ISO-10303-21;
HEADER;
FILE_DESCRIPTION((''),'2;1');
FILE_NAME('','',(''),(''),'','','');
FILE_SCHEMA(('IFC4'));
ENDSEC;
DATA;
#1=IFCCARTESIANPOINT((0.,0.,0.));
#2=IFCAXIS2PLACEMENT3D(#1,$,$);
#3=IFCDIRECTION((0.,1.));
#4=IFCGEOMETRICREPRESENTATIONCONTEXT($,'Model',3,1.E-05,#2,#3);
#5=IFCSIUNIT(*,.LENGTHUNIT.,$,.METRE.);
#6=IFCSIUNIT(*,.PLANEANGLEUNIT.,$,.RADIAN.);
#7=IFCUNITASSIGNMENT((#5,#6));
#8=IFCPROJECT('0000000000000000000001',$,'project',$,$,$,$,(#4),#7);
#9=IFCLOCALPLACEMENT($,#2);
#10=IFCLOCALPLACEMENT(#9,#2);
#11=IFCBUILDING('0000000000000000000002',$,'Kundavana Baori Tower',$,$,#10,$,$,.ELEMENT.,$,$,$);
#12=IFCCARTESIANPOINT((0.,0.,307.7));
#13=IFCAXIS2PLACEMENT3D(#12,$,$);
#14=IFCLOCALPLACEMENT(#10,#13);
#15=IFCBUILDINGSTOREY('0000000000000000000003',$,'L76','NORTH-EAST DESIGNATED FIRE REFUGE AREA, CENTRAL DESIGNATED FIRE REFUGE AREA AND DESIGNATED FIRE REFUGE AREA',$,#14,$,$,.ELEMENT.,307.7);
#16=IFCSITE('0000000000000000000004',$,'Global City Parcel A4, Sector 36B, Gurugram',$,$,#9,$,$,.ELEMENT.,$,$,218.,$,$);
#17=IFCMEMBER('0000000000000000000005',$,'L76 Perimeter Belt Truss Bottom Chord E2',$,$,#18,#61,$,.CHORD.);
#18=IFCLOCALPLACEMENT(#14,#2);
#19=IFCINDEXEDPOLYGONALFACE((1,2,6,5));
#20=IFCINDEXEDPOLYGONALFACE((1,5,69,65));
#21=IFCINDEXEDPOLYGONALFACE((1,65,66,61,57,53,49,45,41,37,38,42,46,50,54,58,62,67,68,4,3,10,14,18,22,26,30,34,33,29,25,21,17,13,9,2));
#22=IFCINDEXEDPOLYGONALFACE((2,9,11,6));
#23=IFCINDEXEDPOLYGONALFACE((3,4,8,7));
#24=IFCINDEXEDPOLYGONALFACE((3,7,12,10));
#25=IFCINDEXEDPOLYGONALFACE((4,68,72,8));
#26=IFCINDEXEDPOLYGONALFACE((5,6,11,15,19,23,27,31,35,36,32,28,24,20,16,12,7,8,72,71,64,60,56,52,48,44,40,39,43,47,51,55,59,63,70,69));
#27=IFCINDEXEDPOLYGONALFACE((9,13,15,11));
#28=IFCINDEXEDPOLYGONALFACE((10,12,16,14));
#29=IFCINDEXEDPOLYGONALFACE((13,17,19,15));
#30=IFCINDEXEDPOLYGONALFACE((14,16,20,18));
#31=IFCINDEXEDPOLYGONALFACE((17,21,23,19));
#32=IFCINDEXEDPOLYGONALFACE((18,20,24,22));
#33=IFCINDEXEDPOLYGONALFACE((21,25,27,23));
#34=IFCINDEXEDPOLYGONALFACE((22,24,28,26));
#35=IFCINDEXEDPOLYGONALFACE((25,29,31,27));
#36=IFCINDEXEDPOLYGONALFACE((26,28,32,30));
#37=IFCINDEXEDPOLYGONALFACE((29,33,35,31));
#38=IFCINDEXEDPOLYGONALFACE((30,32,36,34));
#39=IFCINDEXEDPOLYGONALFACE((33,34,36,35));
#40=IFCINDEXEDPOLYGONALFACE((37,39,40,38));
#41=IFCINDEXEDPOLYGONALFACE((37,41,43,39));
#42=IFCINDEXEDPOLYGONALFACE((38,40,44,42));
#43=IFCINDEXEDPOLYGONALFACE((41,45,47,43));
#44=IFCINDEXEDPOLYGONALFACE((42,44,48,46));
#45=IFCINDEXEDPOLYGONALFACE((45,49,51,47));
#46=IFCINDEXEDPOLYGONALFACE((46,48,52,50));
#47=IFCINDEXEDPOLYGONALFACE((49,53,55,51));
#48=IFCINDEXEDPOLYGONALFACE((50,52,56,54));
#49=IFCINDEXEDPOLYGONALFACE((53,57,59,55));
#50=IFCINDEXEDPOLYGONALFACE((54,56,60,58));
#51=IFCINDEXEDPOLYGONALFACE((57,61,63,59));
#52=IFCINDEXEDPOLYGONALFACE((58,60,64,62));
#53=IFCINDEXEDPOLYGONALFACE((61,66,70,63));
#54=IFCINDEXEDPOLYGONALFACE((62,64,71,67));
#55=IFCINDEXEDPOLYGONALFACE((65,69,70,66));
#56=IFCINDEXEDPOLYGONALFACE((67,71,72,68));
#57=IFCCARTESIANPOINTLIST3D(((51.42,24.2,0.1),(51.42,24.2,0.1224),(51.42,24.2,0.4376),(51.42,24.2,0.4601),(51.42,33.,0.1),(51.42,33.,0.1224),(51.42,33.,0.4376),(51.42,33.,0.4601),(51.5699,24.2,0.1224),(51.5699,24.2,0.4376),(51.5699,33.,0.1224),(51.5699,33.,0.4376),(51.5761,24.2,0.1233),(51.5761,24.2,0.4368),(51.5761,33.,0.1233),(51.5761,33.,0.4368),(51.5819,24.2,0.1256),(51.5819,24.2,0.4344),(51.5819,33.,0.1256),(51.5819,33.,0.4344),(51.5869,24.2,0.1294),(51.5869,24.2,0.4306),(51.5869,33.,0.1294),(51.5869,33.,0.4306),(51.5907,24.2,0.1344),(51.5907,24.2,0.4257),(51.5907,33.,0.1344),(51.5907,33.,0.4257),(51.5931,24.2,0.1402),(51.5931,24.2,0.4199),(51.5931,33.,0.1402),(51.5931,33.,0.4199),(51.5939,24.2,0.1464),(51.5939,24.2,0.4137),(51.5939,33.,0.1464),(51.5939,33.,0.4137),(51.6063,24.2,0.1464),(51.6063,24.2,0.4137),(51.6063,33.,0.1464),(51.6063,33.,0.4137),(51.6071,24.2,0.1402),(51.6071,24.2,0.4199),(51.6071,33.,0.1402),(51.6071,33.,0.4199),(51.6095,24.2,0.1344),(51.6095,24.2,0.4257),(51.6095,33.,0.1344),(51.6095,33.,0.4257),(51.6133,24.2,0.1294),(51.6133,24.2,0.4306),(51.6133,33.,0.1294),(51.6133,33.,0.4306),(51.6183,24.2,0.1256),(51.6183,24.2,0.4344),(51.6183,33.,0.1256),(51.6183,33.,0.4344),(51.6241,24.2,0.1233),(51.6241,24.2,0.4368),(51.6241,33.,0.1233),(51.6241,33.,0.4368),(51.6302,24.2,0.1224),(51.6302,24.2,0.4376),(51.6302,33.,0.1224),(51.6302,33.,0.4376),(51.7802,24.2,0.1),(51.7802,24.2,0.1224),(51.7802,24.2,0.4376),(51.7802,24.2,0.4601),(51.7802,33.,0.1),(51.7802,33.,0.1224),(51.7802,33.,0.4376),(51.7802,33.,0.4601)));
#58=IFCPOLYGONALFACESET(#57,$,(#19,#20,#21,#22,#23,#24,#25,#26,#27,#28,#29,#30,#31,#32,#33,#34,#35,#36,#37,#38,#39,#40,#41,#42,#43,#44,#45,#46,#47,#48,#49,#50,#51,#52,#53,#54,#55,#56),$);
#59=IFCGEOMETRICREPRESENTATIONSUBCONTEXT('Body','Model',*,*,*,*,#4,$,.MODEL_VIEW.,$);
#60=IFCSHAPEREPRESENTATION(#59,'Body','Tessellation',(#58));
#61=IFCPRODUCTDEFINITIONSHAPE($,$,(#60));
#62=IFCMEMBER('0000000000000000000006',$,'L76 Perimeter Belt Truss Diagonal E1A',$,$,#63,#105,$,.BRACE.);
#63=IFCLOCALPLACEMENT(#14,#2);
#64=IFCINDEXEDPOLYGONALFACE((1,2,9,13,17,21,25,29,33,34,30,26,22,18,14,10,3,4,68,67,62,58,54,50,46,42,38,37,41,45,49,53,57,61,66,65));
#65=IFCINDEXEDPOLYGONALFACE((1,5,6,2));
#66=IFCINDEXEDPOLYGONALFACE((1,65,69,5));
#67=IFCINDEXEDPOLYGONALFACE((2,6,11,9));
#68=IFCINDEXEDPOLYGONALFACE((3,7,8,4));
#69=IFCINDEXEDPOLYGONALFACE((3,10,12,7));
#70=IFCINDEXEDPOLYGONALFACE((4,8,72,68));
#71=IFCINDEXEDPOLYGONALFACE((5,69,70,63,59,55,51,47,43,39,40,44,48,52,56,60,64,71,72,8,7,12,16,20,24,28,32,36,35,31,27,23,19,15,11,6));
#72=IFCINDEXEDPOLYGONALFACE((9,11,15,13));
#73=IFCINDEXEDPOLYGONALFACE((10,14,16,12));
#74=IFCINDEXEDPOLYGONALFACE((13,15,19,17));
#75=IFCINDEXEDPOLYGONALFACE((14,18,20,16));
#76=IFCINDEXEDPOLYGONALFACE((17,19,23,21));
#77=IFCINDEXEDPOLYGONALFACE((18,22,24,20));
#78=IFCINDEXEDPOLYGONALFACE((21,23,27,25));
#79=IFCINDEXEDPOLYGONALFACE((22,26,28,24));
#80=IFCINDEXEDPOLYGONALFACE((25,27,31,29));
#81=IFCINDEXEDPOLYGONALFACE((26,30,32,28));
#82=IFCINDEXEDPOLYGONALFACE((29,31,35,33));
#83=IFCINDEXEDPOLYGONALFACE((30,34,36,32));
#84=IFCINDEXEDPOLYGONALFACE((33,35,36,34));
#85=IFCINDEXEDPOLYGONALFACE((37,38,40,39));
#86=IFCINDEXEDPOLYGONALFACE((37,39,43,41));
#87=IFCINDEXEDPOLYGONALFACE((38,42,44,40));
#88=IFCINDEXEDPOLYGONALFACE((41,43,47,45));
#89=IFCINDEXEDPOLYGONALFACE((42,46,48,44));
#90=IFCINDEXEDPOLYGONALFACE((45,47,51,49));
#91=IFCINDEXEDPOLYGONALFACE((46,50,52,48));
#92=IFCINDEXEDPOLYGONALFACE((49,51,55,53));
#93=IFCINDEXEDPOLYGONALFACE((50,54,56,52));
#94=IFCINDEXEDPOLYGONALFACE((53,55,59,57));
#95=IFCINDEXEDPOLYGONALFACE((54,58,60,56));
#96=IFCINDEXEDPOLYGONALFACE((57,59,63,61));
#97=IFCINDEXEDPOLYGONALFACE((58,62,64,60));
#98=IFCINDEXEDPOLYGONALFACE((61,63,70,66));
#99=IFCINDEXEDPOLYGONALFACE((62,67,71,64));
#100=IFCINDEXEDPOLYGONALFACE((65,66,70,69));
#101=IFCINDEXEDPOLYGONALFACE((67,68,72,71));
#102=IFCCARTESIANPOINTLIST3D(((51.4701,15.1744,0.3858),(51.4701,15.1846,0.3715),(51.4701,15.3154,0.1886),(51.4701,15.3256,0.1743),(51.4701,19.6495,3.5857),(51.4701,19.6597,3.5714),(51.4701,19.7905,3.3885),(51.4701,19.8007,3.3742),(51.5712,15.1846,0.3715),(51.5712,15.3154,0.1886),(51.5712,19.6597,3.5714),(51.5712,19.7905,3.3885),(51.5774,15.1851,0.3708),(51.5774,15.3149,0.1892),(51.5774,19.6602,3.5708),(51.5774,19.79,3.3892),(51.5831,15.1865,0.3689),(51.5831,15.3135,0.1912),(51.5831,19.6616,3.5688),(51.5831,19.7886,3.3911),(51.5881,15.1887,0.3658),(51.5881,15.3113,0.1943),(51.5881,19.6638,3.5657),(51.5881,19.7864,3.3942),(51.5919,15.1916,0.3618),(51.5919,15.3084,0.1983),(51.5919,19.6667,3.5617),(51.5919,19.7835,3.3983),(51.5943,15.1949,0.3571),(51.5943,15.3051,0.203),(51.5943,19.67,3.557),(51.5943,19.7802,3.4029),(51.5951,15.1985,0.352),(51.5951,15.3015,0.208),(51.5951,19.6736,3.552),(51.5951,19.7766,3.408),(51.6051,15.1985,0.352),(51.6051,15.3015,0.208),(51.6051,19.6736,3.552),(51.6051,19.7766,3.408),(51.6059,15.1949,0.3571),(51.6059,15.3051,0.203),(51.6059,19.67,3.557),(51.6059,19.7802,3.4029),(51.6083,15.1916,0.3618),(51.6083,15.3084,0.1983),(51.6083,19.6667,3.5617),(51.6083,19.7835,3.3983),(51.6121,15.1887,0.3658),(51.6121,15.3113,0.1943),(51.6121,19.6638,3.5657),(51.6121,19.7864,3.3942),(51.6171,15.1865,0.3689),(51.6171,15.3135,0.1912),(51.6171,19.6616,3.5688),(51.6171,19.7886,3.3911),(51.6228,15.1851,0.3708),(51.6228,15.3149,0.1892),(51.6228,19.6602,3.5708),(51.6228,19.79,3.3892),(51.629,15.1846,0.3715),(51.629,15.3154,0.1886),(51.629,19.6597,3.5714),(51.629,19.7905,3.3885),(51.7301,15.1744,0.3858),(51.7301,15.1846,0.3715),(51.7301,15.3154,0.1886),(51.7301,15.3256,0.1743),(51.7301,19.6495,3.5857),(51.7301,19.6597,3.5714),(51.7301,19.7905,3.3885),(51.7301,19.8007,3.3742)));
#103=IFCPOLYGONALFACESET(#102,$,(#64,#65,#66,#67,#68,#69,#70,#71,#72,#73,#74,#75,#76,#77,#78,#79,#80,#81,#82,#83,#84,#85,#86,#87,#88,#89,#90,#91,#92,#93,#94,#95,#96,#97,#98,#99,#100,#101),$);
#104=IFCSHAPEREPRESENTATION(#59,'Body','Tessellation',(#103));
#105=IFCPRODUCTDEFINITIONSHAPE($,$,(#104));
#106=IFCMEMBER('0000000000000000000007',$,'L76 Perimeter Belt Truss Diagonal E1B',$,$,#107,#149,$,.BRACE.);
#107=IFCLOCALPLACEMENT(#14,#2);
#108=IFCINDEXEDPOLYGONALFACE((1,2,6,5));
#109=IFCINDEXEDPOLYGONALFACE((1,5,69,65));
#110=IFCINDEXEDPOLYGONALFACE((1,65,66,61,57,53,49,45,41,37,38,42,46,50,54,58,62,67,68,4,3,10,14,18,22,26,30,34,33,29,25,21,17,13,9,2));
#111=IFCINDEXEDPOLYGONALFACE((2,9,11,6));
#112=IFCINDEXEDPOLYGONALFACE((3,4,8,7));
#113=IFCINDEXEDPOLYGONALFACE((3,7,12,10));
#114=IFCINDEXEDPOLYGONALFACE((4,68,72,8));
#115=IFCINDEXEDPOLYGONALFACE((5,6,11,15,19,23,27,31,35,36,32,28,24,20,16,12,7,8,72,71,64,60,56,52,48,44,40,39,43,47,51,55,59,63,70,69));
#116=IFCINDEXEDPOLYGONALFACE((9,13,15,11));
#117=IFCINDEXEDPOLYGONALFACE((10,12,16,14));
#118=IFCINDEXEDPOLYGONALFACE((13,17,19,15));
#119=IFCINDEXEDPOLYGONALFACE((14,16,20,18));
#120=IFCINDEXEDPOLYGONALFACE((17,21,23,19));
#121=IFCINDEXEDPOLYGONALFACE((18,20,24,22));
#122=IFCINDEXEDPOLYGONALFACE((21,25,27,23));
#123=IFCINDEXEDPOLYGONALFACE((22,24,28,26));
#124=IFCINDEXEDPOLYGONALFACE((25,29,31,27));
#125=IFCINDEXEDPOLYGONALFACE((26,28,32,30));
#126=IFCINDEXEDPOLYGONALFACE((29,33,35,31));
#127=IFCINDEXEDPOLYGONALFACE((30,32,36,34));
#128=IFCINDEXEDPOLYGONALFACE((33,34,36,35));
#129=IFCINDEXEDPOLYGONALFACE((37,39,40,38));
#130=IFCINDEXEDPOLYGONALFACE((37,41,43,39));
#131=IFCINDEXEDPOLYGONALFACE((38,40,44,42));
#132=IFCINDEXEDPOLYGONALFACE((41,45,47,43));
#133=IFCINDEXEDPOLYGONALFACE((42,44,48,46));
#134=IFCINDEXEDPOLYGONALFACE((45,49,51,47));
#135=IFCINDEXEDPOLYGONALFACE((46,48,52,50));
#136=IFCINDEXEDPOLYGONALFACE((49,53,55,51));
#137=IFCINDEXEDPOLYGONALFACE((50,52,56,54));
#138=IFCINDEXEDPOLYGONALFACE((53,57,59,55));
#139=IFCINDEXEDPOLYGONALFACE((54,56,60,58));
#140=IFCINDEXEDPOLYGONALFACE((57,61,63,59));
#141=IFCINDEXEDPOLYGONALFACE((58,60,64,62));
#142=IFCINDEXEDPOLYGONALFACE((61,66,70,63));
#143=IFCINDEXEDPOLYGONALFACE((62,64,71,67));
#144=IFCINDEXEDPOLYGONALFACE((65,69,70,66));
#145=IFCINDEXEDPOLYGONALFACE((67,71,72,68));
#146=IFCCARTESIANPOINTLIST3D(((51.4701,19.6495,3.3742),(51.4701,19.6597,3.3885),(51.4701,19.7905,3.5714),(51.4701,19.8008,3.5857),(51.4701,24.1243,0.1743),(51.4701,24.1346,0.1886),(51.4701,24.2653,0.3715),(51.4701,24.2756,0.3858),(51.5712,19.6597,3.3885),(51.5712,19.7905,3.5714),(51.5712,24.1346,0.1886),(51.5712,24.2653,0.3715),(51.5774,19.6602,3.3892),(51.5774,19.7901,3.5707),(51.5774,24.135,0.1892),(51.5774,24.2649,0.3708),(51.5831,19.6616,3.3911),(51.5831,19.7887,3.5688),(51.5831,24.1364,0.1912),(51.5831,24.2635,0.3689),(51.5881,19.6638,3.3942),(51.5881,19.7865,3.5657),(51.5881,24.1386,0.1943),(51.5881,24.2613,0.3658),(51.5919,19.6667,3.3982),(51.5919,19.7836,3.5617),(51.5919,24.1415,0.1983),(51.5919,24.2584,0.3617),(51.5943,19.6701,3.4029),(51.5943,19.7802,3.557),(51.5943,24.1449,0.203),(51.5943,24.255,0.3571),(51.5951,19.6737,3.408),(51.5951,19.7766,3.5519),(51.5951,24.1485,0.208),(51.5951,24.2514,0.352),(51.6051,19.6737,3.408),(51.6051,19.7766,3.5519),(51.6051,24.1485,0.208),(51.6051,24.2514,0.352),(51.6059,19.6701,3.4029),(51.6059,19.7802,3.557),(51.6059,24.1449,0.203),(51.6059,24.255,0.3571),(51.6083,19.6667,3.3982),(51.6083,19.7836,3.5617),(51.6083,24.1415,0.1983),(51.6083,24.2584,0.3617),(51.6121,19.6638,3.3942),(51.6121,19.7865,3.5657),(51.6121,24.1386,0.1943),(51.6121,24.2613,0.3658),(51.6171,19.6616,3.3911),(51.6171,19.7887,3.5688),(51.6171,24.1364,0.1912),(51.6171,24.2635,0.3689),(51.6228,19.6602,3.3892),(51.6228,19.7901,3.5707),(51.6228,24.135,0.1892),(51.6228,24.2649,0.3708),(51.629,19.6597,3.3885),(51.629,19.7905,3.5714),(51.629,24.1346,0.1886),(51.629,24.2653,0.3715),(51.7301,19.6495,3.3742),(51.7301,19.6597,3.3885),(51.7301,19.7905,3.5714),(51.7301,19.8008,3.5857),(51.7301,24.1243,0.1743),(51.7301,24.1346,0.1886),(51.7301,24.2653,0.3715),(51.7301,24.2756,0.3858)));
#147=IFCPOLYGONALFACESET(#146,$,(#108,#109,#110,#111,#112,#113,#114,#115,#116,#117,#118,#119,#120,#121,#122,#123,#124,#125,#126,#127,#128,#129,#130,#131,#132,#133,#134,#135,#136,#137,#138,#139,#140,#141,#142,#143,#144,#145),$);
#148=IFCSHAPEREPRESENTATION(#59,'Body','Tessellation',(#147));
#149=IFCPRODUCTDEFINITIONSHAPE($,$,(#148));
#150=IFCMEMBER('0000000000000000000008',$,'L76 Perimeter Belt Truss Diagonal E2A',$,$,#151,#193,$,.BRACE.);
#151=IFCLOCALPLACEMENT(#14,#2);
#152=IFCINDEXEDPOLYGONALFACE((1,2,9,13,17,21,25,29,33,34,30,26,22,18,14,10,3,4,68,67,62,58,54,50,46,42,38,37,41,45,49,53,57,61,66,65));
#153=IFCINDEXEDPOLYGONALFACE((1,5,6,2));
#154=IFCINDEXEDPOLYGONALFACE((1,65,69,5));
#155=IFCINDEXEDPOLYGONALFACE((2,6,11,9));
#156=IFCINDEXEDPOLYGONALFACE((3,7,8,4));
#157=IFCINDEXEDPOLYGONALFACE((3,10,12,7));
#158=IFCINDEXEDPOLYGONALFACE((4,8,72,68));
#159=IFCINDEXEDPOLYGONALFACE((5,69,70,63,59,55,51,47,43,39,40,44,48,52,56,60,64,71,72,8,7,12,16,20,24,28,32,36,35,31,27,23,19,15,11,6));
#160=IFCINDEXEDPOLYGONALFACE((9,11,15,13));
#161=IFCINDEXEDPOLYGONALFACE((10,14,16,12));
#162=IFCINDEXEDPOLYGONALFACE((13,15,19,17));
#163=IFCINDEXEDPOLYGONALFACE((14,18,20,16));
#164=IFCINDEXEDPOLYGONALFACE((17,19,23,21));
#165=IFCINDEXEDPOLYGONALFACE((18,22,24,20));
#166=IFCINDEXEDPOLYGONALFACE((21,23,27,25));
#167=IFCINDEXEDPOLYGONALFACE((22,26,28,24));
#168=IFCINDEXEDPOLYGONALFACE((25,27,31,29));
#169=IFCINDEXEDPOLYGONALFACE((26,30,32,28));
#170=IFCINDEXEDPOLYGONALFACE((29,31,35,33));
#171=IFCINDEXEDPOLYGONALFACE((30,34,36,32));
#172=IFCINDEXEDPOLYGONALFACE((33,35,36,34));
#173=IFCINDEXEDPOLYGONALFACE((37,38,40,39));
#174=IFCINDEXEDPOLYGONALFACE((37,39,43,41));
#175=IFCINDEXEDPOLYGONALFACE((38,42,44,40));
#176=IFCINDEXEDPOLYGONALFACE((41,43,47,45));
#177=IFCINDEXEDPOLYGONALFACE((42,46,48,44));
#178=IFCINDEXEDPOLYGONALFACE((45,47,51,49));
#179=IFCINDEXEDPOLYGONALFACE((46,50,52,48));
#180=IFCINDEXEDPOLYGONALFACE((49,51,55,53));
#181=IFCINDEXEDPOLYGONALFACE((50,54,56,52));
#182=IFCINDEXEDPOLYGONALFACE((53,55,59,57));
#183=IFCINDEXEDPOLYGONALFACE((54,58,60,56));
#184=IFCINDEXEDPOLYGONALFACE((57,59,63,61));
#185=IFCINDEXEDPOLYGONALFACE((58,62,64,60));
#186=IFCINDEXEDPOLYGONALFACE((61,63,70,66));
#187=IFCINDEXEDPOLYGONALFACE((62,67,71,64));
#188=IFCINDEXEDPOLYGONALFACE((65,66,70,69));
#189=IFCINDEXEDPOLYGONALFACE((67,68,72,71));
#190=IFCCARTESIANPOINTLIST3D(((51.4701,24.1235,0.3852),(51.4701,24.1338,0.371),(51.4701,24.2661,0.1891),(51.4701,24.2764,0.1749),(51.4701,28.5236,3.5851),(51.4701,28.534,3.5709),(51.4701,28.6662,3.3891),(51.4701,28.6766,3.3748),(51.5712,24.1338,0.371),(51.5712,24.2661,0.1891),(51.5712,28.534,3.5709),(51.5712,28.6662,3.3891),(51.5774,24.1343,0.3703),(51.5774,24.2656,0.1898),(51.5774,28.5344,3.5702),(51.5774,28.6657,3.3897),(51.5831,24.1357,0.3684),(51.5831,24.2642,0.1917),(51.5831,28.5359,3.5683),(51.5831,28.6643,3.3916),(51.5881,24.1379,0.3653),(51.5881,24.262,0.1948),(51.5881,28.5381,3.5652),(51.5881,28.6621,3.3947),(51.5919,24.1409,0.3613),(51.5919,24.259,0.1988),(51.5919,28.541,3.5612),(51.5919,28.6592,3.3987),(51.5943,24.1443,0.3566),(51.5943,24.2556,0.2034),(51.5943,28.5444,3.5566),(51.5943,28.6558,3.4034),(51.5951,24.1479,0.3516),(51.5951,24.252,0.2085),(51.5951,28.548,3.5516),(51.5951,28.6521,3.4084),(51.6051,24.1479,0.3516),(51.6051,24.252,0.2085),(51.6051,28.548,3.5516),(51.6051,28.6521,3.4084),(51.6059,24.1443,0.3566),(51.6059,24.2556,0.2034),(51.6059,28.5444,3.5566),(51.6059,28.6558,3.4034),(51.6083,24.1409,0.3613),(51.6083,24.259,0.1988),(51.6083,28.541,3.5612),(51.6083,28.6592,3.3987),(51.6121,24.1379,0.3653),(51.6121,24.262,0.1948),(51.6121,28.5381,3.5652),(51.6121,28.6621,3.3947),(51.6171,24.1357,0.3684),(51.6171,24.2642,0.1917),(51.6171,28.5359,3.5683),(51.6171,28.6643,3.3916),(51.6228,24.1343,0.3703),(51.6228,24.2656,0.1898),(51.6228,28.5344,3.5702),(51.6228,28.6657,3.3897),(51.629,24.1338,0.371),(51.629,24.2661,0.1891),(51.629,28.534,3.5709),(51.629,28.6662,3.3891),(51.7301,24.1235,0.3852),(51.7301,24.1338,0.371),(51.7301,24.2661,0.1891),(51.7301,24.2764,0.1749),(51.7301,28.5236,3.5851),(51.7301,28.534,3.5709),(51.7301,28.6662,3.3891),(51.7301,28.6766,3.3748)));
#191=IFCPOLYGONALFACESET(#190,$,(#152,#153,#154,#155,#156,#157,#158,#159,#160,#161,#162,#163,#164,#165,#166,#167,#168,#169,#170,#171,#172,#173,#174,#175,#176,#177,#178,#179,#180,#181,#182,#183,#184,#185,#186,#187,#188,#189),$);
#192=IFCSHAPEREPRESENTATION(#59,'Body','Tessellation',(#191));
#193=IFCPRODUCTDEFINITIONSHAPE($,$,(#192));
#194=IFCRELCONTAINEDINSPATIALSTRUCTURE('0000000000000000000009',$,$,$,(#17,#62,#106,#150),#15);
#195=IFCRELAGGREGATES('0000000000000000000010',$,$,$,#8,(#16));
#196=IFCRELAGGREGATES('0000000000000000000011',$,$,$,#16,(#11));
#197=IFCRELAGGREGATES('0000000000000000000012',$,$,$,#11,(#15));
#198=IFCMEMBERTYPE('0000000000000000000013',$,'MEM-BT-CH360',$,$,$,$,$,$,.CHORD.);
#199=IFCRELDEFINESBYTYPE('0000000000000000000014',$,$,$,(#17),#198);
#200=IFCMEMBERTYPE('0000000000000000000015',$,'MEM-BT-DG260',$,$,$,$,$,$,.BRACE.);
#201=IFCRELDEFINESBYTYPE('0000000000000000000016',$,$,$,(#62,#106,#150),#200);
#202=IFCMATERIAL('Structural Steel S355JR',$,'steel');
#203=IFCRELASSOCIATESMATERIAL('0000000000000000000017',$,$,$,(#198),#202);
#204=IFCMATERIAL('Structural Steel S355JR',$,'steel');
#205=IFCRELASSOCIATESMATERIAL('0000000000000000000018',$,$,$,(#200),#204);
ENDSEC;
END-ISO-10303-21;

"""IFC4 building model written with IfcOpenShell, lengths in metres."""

from ifc_helpers import new_model, si_unit, direction, frame, origin, origin_2d, place, context, subcontext, project, spatial, i_section, extrude, material, material_profile, profile_set, type_object, element, save


model = new_model("IFC4")

# Units and contexts
model_context = context("Model", 3, precision=1e-05, world=origin(), true_north=direction((0.0, 1.0)))
body_context = subcontext(model_context, "Body", "Model", "MODEL_VIEW")
ifc_project = project(units=[si_unit("LENGTHUNIT", "METRE"), si_unit("PLANEANGLEUNIT", "RADIAN")], contexts=[model_context])

# Site, building, storey
site_placement = place(None, origin())
site = spatial("IfcSite", under=ifc_project, at=site_placement, Name="Global City Parcel A4, Sector 36B, Gurugram", CompositionType="ELEMENT", RefElevation=218.0)
building_placement = place(site_placement, origin())
building = spatial("IfcBuilding", under=site, at=building_placement, Name="Kundavana Baori Tower", CompositionType="ELEMENT")
storey_placement = place(building_placement, frame((0.0, 0.0, 307.7)))
storey = spatial("IfcBuildingStorey", under=building, at=storey_placement, Name="L76", Description="NORTH-EAST DESIGNATED FIRE REFUGE AREA, CENTRAL DESIGNATED FIRE REFUGE AREA AND DESIGNATED FIRE REFUGE AREA", CompositionType="ELEMENT", Elevation=307.7)

# Members
ifc_material_1 = material(Name="Structural Steel S355JR", Category="steel")
ifc_material_profile_1 = material_profile(ifc_material_1, i_section(OverallWidth=0.3601, OverallDepth=0.3601, WebThickness=0.0125, FlangeThickness=0.0225, FilletRadius=0.0239, at=origin_2d()), Name="WPB 360x360x142")
ifc_profile_set_1 = profile_set([ifc_material_profile_1], Name="Structural Steel S355JR")
member_type_1 = type_object("IfcMemberType", Name="MEM-BT-CH360", PredefinedType="CHORD", material=ifc_profile_set_1)
member_1_placement = place(storey_placement, frame((51.6001, 24.2, 0.28), z_axis=(0.0, 1.0, 0.0), x_axis=(-1.0, 0.0, 0.0)))
element("IfcMember", 1, at=member_1_placement, inside=storey, type_object=member_type_1, Name="L76 Perimeter Belt Truss Bottom Chord E2", PredefinedType="CHORD", context=body_context, shape_type="SweptSolid", body=[
    extrude(i_section(OverallWidth=0.3601, OverallDepth=0.3601, WebThickness=0.0125, FlangeThickness=0.0225, FilletRadius=0.0239, at=origin_2d()), origin(), (0.0, 0.0, 1.0), 8.8),
])
ifc_material_2 = material(Name="Structural Steel S355JR", Category="steel")
ifc_material_profile_2 = material_profile(ifc_material_2, i_section(OverallWidth=0.26, OverallDepth=0.26, WebThickness=0.01, FlangeThickness=0.0176, FilletRadius=0.0239, at=origin_2d()), Name="WPB 260x260x93")
ifc_profile_set_2 = profile_set([ifc_material_profile_2], Name="Structural Steel S355JR")
member_type_2 = type_object("IfcMemberType", Name="MEM-BT-DG260", PredefinedType="BRACE", material=ifc_profile_set_2)
member_2_placement = place(storey_placement, frame((51.6001, 15.25, 0.28), z_axis=(0.0, 0.813437, 0.581654), x_axis=(-1.0, 0.0, 0.0)))
element("IfcMember", 2, at=member_2_placement, inside=storey, type_object=member_type_2, Name="L76 Perimeter Belt Truss Diagonal E1A", PredefinedType="BRACE", context=body_context, shape_type="SweptSolid", body=[
    extrude(i_section(OverallWidth=0.26, OverallDepth=0.26, WebThickness=0.01, FlangeThickness=0.0176, FilletRadius=0.0239, at=origin_2d()), origin(), (0.0, 0.0, 1.0), 5.5015),
])
member_3_placement = place(storey_placement, frame((51.6001, 24.2, 0.28), z_axis=(0.0, -0.813422, 0.581675), x_axis=(1.0, 0.0, 0.0)))
element("IfcMember", 3, at=member_3_placement, inside=storey, type_object=member_type_2, Name="L76 Perimeter Belt Truss Diagonal E1B", PredefinedType="BRACE", context=body_context, shape_type="SweptSolid", body=[
    extrude(i_section(OverallWidth=0.26, OverallDepth=0.26, WebThickness=0.01, FlangeThickness=0.0176, FilletRadius=0.0239, at=origin_2d()), origin(), (0.0, 0.0, 1.0), 5.5012),
])
member_4_placement = place(storey_placement, frame((51.6001, 24.2, 0.28), z_axis=(0.0, 0.80875, 0.588153), x_axis=(-1.0, 0.0, 0.0)))
element("IfcMember", 4, at=member_4_placement, inside=storey, type_object=member_type_2, Name="L76 Perimeter Belt Truss Diagonal E2A", PredefinedType="BRACE", context=body_context, shape_type="SweptSolid", body=[
    extrude(i_section(OverallWidth=0.26, OverallDepth=0.26, WebThickness=0.01, FlangeThickness=0.0176, FilletRadius=0.0239, at=origin_2d()), origin(), (0.0, 0.0, 1.0), 5.4407),
])

save(model, "model.ifc")
